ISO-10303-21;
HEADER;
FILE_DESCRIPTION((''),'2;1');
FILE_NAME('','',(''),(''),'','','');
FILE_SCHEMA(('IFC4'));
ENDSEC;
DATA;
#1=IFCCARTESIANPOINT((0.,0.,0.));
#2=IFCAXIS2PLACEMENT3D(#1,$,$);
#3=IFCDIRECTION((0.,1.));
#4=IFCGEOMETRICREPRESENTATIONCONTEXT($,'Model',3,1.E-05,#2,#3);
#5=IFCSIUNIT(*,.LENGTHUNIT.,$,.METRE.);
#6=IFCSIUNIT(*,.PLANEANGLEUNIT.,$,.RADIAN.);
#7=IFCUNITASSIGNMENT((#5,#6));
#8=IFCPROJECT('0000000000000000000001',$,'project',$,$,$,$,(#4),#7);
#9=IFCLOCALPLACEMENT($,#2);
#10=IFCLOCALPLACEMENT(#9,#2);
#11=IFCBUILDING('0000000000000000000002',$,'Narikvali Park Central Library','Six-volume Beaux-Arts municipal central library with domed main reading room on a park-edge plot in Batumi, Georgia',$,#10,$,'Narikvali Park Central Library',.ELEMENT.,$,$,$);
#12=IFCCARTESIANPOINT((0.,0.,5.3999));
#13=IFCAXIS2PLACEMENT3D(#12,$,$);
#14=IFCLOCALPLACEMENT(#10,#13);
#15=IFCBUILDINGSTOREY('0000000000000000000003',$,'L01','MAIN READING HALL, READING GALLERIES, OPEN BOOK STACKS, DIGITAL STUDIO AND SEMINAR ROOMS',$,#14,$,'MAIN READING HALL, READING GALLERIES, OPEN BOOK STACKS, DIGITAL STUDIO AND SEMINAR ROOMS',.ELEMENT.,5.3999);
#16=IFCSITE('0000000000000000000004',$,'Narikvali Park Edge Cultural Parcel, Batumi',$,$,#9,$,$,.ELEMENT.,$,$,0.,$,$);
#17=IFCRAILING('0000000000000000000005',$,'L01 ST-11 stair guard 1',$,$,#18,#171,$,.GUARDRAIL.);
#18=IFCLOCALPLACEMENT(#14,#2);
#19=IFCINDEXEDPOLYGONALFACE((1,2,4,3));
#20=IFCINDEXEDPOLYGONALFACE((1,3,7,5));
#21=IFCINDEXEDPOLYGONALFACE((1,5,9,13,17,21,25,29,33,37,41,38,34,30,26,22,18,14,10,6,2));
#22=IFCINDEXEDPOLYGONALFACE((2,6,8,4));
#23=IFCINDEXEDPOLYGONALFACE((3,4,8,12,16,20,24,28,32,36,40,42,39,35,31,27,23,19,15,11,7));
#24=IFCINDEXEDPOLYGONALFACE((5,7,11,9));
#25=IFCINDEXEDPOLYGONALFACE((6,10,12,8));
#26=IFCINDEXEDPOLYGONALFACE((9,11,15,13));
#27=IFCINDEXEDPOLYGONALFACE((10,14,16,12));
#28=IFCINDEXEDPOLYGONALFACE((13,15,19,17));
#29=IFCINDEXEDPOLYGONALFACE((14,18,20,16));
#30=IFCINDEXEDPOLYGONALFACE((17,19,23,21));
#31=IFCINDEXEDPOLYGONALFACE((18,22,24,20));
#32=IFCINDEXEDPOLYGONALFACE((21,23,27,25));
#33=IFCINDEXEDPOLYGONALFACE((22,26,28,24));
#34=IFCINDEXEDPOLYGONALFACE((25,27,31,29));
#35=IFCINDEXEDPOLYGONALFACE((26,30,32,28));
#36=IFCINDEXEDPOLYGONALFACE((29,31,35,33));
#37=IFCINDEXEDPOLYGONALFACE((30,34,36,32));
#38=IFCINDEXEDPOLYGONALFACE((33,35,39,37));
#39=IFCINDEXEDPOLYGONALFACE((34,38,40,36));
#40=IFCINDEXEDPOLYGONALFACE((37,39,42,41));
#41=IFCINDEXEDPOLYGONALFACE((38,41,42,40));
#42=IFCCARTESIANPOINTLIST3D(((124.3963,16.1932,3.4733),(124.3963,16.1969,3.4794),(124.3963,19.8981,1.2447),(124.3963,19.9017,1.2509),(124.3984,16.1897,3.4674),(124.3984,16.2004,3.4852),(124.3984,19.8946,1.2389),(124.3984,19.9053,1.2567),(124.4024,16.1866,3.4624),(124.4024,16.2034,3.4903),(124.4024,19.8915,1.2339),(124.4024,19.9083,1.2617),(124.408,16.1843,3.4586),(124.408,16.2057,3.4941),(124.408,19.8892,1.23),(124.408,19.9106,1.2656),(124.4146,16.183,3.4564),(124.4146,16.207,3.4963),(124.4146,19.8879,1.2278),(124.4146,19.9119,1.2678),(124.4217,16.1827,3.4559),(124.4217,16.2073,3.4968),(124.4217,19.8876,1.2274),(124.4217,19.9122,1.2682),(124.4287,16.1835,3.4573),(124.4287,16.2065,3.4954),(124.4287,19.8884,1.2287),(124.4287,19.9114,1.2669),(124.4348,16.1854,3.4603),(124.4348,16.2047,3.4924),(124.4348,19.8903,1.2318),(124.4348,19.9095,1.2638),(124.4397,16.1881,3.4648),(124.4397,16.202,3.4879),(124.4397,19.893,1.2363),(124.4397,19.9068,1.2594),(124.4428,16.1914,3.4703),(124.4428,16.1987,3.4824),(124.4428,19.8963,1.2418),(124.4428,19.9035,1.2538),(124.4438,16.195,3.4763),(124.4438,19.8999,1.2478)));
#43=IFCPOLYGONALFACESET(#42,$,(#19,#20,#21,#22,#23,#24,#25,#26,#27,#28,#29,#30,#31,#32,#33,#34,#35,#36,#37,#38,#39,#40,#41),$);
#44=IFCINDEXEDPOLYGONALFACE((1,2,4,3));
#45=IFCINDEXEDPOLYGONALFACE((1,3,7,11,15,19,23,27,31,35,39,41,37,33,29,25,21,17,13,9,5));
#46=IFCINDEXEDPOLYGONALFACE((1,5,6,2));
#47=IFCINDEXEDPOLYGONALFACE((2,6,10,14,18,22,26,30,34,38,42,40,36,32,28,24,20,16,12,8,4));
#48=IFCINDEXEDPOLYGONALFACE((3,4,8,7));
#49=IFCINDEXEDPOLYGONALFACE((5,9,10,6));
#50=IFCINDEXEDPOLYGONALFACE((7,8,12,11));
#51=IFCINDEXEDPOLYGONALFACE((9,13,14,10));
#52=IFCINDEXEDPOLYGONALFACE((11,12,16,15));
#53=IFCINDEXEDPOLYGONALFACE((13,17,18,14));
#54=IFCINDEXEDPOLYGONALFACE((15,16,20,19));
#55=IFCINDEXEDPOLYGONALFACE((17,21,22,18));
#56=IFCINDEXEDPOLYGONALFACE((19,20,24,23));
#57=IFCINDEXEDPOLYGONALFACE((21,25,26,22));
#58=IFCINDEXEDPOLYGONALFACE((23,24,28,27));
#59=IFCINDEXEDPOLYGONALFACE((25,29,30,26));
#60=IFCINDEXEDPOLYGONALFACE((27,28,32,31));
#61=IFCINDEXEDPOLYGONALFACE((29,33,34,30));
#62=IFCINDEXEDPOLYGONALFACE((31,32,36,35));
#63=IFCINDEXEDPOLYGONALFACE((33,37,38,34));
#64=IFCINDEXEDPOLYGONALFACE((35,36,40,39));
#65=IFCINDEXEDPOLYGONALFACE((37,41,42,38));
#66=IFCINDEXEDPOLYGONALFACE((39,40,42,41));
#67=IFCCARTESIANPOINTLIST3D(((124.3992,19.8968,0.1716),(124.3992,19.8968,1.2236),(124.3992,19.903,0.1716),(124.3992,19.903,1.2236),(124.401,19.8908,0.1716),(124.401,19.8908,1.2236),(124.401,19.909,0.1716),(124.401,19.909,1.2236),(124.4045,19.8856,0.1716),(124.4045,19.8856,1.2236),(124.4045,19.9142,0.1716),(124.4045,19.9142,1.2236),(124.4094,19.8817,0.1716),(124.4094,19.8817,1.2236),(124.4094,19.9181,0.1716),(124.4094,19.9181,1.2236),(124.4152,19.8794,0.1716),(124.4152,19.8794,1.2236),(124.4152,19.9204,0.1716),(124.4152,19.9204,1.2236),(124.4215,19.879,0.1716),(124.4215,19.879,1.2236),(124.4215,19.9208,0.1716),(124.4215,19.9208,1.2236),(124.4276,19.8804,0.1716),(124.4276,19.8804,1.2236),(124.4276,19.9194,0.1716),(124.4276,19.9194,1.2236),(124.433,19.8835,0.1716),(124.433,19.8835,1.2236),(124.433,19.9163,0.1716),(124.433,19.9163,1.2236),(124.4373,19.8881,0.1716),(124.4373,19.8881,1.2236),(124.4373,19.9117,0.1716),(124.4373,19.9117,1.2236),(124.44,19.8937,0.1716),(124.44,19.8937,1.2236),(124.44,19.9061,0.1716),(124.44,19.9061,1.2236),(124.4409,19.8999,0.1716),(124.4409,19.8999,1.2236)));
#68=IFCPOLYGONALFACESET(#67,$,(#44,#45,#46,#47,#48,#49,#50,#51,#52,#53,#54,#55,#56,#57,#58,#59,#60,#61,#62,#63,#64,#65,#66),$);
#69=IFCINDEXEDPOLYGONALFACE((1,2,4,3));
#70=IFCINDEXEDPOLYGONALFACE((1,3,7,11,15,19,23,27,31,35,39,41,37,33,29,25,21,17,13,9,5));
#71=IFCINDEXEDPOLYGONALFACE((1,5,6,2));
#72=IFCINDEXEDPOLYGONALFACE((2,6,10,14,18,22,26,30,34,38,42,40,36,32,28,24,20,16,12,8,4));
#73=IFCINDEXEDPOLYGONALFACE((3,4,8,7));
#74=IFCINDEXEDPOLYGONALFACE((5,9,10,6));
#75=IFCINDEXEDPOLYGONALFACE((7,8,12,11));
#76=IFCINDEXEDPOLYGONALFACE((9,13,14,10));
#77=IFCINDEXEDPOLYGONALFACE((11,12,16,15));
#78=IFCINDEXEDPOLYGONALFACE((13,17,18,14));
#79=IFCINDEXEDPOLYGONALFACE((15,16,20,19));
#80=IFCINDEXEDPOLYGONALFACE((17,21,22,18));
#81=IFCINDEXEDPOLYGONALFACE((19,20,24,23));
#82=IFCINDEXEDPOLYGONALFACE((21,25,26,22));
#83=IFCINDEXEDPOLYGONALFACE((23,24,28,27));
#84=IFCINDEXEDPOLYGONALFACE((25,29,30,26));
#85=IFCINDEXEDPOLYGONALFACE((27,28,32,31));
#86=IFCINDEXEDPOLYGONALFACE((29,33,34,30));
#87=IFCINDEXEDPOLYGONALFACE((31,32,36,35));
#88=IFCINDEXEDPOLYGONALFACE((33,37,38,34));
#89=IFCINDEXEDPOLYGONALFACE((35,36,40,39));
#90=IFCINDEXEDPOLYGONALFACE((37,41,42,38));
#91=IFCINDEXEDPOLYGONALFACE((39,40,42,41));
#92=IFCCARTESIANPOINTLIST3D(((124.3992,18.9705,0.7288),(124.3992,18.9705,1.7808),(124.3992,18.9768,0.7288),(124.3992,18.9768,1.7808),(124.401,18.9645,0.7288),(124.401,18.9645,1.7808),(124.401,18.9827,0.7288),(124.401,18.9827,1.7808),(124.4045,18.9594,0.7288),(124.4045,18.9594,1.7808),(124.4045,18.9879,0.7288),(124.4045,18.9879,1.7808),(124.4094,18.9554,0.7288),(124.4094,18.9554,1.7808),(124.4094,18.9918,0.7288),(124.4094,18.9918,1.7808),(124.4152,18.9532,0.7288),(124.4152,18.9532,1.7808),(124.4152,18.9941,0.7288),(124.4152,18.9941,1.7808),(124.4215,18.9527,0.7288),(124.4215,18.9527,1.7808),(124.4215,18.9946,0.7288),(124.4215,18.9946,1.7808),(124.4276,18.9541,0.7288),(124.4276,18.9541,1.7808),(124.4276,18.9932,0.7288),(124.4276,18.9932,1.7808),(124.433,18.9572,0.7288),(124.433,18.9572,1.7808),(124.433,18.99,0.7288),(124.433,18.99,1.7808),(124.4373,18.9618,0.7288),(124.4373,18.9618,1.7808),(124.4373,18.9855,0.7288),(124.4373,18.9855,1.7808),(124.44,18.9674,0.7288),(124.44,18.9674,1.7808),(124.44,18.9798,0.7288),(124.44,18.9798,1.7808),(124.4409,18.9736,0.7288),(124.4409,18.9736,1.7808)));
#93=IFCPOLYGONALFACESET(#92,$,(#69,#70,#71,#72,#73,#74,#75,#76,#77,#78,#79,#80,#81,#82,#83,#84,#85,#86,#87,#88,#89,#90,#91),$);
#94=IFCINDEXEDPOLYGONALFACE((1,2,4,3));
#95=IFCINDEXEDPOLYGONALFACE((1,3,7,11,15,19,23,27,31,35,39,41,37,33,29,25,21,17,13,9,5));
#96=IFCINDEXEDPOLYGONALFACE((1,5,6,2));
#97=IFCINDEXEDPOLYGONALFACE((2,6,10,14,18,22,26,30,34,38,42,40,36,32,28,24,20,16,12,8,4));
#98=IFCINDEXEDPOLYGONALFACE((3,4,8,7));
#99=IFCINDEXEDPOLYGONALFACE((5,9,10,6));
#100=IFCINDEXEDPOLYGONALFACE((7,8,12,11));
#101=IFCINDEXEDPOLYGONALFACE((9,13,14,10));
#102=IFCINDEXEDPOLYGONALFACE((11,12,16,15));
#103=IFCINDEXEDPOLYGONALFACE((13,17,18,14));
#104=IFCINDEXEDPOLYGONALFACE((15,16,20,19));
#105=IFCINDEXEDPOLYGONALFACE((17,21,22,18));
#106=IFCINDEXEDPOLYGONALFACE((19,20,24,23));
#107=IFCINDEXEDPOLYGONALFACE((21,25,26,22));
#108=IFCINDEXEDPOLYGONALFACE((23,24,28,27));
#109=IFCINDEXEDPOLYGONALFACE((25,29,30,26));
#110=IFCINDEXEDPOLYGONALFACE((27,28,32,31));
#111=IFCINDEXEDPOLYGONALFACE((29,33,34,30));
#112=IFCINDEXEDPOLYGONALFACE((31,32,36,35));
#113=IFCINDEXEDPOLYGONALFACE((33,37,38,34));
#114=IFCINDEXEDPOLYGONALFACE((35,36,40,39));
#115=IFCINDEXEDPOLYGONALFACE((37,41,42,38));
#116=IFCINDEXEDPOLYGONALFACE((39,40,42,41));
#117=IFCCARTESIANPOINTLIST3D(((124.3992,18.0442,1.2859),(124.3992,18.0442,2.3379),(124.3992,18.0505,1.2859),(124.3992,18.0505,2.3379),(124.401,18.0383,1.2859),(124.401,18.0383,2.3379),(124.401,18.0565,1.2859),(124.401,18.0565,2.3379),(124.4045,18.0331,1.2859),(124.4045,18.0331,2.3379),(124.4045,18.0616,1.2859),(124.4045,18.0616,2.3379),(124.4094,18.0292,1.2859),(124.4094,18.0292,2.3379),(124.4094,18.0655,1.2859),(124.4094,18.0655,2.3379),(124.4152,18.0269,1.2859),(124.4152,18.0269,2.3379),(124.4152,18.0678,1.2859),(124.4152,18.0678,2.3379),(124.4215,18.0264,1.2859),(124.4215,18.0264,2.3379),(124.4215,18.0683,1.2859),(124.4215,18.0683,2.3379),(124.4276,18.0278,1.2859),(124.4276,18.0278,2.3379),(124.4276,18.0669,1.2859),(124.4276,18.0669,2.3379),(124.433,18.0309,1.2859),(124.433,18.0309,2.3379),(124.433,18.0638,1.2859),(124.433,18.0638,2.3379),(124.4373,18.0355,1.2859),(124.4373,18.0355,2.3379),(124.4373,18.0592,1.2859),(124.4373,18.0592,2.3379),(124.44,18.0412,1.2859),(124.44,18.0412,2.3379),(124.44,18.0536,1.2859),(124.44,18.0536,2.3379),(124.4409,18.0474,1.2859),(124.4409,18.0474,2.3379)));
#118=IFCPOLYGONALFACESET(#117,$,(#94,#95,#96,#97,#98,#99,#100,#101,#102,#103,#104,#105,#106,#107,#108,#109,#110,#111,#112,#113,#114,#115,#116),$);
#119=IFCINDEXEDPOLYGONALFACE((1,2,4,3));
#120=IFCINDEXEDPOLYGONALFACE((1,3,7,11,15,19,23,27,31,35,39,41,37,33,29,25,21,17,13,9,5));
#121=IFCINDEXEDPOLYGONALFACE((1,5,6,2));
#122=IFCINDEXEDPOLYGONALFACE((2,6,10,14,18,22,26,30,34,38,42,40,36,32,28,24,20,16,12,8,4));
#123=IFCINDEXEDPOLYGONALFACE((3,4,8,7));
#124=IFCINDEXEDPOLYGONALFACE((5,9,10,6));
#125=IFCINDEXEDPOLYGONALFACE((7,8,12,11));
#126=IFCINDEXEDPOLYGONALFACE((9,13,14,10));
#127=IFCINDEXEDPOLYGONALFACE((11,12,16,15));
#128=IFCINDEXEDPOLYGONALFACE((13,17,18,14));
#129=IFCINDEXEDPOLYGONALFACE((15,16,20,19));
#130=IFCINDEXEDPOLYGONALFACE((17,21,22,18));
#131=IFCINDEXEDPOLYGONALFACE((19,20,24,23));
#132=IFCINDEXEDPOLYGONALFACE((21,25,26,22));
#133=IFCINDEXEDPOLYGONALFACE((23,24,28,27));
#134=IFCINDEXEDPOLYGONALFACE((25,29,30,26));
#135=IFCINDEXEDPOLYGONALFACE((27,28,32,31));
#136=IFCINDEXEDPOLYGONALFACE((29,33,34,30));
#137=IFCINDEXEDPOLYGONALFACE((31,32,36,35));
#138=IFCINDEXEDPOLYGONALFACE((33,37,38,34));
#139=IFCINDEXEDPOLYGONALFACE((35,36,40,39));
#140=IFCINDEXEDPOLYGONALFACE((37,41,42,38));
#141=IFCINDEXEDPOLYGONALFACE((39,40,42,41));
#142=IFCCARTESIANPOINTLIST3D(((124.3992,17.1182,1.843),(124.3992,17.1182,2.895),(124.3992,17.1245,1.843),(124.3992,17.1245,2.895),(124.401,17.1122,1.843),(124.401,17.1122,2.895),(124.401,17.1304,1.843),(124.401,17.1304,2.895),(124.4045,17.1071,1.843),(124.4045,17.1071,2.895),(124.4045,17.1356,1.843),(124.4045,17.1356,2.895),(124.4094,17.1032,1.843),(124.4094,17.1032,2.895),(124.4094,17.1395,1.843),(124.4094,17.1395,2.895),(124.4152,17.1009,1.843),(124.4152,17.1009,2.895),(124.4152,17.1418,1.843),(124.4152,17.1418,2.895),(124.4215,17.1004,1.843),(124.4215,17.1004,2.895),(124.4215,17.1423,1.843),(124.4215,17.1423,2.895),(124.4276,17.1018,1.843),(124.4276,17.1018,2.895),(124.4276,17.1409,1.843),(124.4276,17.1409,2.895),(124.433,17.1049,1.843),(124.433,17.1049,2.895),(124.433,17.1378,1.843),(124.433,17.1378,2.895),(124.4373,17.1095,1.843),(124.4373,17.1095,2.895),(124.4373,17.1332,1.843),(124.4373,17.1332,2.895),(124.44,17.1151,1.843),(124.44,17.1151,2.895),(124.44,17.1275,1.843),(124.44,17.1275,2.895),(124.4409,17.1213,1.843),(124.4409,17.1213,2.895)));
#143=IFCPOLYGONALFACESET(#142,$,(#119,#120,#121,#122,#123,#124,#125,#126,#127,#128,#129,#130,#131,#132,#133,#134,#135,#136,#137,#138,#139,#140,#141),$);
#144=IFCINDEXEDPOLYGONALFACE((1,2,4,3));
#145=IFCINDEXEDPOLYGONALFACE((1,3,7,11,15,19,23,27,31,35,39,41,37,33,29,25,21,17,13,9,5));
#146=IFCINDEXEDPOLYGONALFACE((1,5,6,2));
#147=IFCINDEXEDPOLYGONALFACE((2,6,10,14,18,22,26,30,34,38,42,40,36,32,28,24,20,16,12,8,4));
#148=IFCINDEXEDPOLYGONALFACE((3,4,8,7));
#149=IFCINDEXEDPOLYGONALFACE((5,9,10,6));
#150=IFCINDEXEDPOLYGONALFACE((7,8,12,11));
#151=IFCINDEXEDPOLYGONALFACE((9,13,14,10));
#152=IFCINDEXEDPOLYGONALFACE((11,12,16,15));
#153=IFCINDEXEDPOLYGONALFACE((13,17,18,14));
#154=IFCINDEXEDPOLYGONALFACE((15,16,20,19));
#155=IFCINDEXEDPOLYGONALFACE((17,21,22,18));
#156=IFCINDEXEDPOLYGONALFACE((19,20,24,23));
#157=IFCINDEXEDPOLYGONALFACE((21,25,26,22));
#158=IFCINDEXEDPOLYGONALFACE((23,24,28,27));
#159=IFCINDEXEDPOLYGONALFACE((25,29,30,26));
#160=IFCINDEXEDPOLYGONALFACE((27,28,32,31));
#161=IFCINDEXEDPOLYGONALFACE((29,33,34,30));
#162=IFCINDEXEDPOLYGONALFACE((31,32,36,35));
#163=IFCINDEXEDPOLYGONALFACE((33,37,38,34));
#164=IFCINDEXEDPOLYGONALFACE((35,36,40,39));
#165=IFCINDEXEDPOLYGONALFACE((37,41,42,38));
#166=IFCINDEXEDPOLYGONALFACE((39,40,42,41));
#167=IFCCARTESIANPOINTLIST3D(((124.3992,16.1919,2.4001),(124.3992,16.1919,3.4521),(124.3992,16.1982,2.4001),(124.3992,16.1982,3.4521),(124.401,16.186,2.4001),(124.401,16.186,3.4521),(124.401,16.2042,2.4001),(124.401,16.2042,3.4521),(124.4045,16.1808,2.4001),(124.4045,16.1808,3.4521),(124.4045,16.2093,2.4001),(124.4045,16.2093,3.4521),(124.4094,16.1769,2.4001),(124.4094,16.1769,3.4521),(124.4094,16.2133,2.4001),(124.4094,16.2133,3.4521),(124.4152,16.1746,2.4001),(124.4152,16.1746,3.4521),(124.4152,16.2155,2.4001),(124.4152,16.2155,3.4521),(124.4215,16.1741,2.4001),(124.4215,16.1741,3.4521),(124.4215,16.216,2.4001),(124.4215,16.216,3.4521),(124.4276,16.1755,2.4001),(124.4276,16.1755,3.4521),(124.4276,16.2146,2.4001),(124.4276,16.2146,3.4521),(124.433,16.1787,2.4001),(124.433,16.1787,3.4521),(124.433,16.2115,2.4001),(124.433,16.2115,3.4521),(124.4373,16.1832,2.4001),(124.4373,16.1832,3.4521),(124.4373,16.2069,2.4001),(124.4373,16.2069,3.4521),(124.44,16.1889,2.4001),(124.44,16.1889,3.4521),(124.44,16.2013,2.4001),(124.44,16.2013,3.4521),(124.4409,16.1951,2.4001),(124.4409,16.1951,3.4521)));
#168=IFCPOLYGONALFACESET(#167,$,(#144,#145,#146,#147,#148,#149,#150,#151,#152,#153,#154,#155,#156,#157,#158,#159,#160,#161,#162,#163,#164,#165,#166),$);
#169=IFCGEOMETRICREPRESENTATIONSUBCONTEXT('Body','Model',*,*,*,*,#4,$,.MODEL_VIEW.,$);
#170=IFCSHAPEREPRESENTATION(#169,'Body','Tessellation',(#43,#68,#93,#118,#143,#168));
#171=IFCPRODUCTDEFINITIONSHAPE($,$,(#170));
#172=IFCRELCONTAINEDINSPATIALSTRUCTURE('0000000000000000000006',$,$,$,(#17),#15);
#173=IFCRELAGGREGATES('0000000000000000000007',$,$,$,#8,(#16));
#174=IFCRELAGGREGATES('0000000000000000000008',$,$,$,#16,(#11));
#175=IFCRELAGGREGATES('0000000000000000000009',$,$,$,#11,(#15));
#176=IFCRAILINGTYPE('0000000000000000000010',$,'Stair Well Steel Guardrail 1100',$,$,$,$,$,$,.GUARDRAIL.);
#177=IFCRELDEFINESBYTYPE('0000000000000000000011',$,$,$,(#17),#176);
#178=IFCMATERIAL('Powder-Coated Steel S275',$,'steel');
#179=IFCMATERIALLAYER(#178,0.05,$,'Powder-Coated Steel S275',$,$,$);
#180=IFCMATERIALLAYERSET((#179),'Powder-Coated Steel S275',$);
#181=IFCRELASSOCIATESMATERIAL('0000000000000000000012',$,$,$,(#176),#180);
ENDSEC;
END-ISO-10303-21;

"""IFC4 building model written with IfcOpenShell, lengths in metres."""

from ifc_helpers import new_model, si_unit, direction, frame, origin, origin_2d, place, context, subcontext, project, spatial, circle, extrude, material, layer, layer_set, type_object, element, save


model = new_model("IFC4")

# Units and contexts
model_context = context("Model", 3, precision=1e-05, world=origin(), true_north=direction((0.0, 1.0)))
body_context = subcontext(model_context, "Body", "Model", "MODEL_VIEW")
ifc_project = project(units=[si_unit("LENGTHUNIT", "METRE"), si_unit("PLANEANGLEUNIT", "RADIAN")], contexts=[model_context])

# Site, building, storey
site_placement = place(None, origin())
site = spatial("IfcSite", under=ifc_project, at=site_placement, Name="Narikvali Park Edge Cultural Parcel, Batumi", CompositionType="ELEMENT", RefElevation=0.0)
building_placement = place(site_placement, origin())
building = spatial("IfcBuilding", under=site, at=building_placement, Name="Narikvali Park Central Library", Description="Six-volume Beaux-Arts municipal central library with domed main reading room on a park-edge plot in Batumi, Georgia", LongName="Narikvali Park Central Library", CompositionType="ELEMENT")
storey_placement = place(building_placement, frame((0.0, 0.0, 5.3999)))
storey = spatial("IfcBuildingStorey", under=building, at=storey_placement, Name="L01", Description="MAIN READING HALL, READING GALLERIES, OPEN BOOK STACKS, DIGITAL STUDIO AND SEMINAR ROOMS", LongName="MAIN READING HALL, READING GALLERIES, OPEN BOOK STACKS, DIGITAL STUDIO AND SEMINAR ROOMS", CompositionType="ELEMENT", Elevation=5.3999)

# Railing
ifc_material_1 = material(Name="Powder-Coated Steel S275", Category="steel")
ifc_layer_1 = layer(ifc_material_1, 0.05, Name="Powder-Coated Steel S275")
ifc_layer_set_1 = layer_set([ifc_layer_1], Name="Powder-Coated Steel S275")
railing_type_1 = type_object("IfcRailingType", Name="Stair Well Steel Guardrail 1100", PredefinedType="GUARDRAIL", material=ifc_layer_set_1)
railing_1_placement = place(storey_placement, frame((124.4199, 19.8999, 0.1716)))
element("IfcRailing", 1, at=railing_1_placement, inside=storey, type_object=railing_type_1, Name="L01 ST-11 stair guard 1", PredefinedType="GUARDRAIL", context=body_context, shape_type="SweptSolid", body=[
    extrude(circle(Radius=0.0239, at=origin_2d()), frame((0.0, 0.0, 1.0762), z_axis=(0.0, -0.856919, 0.51545), x_axis=(1.0, 0.0, 0.0)), (0.0, 0.0, 1.0), 4.3235),
    extrude(circle(Radius=0.021, at=origin_2d()), origin(), (0.0, 0.0, 1.0), 1.052),
    extrude(circle(Radius=0.021, at=origin_2d()), frame((0.0, -0.9263, 0.5571)), (0.0, 0.0, 1.0), 1.052),
    extrude(circle(Radius=0.021, at=origin_2d()), frame((0.0, -1.8525, 1.1143)), (0.0, 0.0, 1.0), 1.052),
    extrude(circle(Radius=0.021, at=origin_2d()), frame((0.0, -2.7786, 1.6714)), (0.0, 0.0, 1.0), 1.052),
    extrude(circle(Radius=0.021, at=origin_2d()), frame((0.0, -3.7048, 2.2285)), (0.0, 0.0, 1.0), 1.052),
])

save(model, "model.ifc")
